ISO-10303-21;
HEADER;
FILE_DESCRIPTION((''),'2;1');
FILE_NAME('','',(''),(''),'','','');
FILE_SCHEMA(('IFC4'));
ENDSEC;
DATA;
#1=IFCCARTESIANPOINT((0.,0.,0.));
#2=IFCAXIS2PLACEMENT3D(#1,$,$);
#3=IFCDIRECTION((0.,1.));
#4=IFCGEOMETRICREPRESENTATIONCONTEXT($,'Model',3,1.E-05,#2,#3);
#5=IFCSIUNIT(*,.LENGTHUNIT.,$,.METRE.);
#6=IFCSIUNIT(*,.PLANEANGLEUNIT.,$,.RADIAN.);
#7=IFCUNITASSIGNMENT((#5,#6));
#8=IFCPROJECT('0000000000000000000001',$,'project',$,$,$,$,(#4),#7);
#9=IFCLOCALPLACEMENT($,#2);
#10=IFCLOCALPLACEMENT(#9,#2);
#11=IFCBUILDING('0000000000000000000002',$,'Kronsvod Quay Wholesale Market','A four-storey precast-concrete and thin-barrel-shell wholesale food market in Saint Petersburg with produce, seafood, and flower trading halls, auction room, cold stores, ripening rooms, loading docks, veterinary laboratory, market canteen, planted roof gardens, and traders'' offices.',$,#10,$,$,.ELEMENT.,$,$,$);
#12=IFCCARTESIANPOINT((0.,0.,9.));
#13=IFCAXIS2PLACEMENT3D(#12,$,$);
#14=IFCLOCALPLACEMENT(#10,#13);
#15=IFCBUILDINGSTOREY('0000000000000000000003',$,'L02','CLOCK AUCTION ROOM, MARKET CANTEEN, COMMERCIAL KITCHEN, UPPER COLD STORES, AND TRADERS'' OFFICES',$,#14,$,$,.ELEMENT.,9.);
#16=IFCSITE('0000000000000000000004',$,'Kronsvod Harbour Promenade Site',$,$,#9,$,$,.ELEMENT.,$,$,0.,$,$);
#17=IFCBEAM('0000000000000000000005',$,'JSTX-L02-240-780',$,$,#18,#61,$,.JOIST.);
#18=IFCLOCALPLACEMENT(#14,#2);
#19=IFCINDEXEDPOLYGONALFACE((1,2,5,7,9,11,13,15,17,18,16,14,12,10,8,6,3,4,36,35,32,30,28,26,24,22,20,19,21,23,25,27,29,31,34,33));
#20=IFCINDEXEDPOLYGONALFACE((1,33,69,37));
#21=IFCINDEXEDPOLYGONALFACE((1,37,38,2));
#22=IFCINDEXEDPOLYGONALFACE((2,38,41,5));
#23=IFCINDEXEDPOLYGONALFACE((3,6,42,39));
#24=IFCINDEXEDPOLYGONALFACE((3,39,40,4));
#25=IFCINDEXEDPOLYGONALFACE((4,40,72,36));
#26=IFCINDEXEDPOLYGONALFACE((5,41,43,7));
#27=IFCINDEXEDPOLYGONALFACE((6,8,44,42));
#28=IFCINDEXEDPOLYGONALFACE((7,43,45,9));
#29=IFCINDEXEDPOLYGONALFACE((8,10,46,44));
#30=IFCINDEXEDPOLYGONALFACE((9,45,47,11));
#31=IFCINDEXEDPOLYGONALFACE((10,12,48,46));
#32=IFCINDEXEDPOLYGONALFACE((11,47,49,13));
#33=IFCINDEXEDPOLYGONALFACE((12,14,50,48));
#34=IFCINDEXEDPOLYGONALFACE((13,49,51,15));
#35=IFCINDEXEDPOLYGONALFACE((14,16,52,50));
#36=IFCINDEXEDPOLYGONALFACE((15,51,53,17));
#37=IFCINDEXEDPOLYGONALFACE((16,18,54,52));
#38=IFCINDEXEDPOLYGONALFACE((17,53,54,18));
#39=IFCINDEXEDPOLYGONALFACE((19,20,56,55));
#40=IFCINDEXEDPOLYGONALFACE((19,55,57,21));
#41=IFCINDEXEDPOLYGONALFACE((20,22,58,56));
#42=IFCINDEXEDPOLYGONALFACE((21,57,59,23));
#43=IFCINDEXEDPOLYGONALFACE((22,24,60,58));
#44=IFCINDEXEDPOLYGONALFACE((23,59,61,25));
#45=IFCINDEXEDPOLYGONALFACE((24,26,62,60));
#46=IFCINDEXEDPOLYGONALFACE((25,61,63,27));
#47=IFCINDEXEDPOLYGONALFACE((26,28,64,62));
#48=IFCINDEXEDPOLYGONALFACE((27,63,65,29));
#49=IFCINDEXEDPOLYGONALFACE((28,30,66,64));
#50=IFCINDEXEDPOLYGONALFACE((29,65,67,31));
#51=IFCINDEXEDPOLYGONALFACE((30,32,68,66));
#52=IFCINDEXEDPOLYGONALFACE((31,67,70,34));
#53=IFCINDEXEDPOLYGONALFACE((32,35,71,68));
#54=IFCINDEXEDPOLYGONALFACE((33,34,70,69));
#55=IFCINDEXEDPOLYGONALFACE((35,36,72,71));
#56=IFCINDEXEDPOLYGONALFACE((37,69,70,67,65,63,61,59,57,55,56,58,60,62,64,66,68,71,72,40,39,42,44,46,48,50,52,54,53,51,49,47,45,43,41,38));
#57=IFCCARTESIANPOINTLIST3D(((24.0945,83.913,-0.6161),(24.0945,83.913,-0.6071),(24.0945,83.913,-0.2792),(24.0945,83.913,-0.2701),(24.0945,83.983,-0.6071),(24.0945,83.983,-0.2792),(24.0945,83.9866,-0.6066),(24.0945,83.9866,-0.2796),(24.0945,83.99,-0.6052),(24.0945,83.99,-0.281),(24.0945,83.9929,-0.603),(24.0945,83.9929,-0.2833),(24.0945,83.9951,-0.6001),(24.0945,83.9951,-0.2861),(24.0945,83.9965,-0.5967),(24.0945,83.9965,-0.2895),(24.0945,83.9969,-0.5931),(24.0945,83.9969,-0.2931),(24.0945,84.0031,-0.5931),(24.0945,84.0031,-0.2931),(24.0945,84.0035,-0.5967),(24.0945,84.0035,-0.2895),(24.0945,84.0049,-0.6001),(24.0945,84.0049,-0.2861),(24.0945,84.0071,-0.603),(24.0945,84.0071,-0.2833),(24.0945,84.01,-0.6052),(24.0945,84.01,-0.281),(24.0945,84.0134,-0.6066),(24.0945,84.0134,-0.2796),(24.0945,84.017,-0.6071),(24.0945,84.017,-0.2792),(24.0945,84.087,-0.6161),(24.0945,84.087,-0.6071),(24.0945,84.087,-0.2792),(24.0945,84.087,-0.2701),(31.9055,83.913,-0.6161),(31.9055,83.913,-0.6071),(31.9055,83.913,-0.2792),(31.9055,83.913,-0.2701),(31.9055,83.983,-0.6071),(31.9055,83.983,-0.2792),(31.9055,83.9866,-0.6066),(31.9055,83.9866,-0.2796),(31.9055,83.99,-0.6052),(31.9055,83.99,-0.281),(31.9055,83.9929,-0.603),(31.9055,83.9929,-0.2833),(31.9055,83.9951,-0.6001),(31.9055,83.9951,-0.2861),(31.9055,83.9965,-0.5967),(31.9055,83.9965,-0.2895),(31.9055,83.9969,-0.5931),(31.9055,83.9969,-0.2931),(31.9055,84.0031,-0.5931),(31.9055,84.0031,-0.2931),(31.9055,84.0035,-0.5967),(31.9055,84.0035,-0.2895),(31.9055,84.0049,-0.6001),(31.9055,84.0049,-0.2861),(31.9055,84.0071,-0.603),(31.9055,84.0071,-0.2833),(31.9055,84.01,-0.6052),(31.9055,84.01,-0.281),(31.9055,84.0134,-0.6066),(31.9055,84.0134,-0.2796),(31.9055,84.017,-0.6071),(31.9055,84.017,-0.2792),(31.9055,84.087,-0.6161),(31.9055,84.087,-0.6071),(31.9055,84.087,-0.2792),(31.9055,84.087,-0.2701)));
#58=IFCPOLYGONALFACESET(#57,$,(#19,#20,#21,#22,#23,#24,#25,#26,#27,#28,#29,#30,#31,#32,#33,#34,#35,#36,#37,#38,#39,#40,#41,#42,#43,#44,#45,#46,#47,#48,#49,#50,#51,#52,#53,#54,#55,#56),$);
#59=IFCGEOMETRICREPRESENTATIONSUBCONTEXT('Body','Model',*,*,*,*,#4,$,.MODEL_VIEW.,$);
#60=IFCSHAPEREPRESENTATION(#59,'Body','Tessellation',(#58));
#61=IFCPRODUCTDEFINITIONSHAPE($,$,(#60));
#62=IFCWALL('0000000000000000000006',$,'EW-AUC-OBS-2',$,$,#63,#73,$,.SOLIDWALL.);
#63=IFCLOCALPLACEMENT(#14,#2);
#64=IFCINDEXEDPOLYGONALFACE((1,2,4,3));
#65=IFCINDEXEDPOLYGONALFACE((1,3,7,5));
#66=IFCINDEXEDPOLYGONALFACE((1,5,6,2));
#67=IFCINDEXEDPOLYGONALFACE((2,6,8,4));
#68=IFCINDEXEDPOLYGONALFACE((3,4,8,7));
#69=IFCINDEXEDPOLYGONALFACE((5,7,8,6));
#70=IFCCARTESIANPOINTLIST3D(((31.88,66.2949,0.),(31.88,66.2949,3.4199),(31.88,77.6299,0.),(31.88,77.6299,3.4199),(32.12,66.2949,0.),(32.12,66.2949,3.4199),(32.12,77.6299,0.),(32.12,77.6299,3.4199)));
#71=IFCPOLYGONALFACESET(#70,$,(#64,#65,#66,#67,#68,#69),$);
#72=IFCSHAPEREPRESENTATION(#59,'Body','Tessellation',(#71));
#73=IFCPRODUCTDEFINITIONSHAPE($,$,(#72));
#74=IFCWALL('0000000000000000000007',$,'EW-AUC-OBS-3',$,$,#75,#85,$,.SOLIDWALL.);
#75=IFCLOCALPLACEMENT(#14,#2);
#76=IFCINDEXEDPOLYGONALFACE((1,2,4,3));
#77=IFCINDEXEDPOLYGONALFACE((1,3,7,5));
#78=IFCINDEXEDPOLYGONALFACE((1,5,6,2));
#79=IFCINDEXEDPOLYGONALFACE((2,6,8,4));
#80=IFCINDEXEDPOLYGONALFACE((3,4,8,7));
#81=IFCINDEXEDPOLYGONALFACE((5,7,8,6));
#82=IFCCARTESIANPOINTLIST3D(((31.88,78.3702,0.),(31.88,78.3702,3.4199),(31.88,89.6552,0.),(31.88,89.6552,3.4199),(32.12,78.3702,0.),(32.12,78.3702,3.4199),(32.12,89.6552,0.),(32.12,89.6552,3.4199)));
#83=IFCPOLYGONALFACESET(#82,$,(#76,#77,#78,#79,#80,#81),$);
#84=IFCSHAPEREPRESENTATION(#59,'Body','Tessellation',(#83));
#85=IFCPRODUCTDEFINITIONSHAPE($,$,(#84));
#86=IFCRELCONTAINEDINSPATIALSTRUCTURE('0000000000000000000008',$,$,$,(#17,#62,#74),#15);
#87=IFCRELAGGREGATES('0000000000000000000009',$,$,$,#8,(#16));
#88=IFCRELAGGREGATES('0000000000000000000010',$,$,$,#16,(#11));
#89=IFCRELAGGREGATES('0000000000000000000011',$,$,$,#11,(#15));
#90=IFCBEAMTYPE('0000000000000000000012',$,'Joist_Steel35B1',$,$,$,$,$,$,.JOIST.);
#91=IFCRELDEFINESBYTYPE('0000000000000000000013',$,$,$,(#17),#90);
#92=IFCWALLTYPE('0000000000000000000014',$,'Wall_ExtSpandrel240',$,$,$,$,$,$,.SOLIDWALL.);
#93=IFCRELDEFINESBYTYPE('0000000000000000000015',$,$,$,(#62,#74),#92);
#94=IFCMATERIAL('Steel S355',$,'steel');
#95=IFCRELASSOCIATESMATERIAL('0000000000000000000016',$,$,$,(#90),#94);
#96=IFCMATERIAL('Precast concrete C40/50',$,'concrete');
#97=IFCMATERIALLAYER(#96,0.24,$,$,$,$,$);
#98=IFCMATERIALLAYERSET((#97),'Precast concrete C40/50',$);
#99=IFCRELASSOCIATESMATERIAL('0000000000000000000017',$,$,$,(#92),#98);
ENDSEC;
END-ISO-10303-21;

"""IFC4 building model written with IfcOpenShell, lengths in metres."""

from ifc_helpers import new_model, si_unit, direction, frame, frame_2d, origin, origin_2d, place, context, subcontext, project, spatial, rectangle, i_section, extrude, material, layer, layer_set, material_profile, profile_set, type_object, element, save


model = new_model("IFC4")

# Units and contexts
model_context = context("Model", 3, precision=1e-05, world=origin(), true_north=direction((0.0, 1.0)))
body_context = subcontext(model_context, "Body", "Model", "MODEL_VIEW")
ifc_project = project(units=[si_unit("LENGTHUNIT", "METRE"), si_unit("PLANEANGLEUNIT", "RADIAN")], contexts=[model_context])

# Site, building, storey
site_placement = place(None, origin())
site = spatial("IfcSite", under=ifc_project, at=site_placement, Name="Kronsvod Harbour Promenade Site", CompositionType="ELEMENT", RefElevation=0.0)
building_placement = place(site_placement, origin())
building = spatial("IfcBuilding", under=site, at=building_placement, Name="Kronsvod Quay Wholesale Market", Description="A four-storey precast-concrete and thin-barrel-shell wholesale food market in Saint Petersburg with produce, seafood, and flower trading halls, auction room, cold stores, ripening rooms, loading docks, veterinary laboratory, market canteen, planted roof gardens, and traders' offices.", CompositionType="ELEMENT")
storey_placement = place(building_placement, frame((0.0, 0.0, 9.0)))
storey = spatial("IfcBuildingStorey", under=building, at=storey_placement, Name="L02", Description="CLOCK AUCTION ROOM, MARKET CANTEEN, COMMERCIAL KITCHEN, UPPER COLD STORES, AND TRADERS' OFFICES", CompositionType="ELEMENT", Elevation=9.0)

# Beam
ifc_material_1 = material(Name="Steel S355", Category="steel")
ifc_material_profile_1 = material_profile(ifc_material_1, i_section(OverallWidth=0.1741, OverallDepth=0.3459, WebThickness=0.0061, FlangeThickness=0.009, FilletRadius=0.0139, at=origin_2d()), Name="35B1")
ifc_profile_set_1 = profile_set([ifc_material_profile_1], Name="Steel S355")
beam_type_1 = type_object("IfcBeamType", Name="Joist_Steel35B1", PredefinedType="JOIST", material=ifc_profile_set_1)
for number, where, z_axis, x_axis, name in (
    (1, (24.0945, 84.0, -0.4431), (1.0, 0.0, 0.0), (0.0, 1.0, 0.0), "JSTX-L02-240-780"),
):
    element("IfcBeam", number, at=place(storey_placement, frame(where, z_axis=z_axis, x_axis=x_axis)), inside=storey, type_object=beam_type_1, Name=name, PredefinedType="JOIST", context=body_context, shape_type="SweptSolid", body=[
        extrude(i_section(OverallWidth=0.1741, OverallDepth=0.3459, WebThickness=0.0061, FlangeThickness=0.009, FilletRadius=0.0139, at=origin_2d()), origin(), (0.0, 0.0, 1.0), 7.811),
    ])

# Walls
ifc_material_2 = material(Name="Precast concrete C40/50", Category="concrete")
ifc_layer = layer(ifc_material_2, 0.24)
ifc_layer_set = layer_set([ifc_layer], Name="Precast concrete C40/50")
wall_type = type_object("IfcWallType", Name="Wall_ExtSpandrel240", PredefinedType="SOLIDWALL", material=ifc_layer_set)
wall_1_placement = place(storey_placement, frame((32.0, 66.2949, 0.0), z_axis=(0.0, 0.0, 1.0), x_axis=(0.0, 1.0, 0.0)))
element("IfcWall", 2, at=wall_1_placement, inside=storey, type_object=wall_type, Name="EW-AUC-OBS-2", PredefinedType="SOLIDWALL", context=body_context, shape_type="SweptSolid", body=[
    extrude(rectangle(XDim=11.335, YDim=0.24, at=frame_2d((5.6675, 0.0))), origin(), (0.0, 0.0, 1.0), 3.4199),
])
wall_2_placement = place(storey_placement, frame((32.0, 78.3701, 0.0), z_axis=(0.0, 0.0, 1.0), x_axis=(0.0, 1.0, 0.0)))
element("IfcWall", 3, at=wall_2_placement, inside=storey, type_object=wall_type, Name="EW-AUC-OBS-3", PredefinedType="SOLIDWALL", context=body_context, shape_type="SweptSolid", body=[
    extrude(rectangle(XDim=11.2849, YDim=0.24, at=frame_2d((5.6426, 0.0))), origin(), (0.0, 0.0, 1.0), 3.4199),
])

save(model, "model.ifc")
